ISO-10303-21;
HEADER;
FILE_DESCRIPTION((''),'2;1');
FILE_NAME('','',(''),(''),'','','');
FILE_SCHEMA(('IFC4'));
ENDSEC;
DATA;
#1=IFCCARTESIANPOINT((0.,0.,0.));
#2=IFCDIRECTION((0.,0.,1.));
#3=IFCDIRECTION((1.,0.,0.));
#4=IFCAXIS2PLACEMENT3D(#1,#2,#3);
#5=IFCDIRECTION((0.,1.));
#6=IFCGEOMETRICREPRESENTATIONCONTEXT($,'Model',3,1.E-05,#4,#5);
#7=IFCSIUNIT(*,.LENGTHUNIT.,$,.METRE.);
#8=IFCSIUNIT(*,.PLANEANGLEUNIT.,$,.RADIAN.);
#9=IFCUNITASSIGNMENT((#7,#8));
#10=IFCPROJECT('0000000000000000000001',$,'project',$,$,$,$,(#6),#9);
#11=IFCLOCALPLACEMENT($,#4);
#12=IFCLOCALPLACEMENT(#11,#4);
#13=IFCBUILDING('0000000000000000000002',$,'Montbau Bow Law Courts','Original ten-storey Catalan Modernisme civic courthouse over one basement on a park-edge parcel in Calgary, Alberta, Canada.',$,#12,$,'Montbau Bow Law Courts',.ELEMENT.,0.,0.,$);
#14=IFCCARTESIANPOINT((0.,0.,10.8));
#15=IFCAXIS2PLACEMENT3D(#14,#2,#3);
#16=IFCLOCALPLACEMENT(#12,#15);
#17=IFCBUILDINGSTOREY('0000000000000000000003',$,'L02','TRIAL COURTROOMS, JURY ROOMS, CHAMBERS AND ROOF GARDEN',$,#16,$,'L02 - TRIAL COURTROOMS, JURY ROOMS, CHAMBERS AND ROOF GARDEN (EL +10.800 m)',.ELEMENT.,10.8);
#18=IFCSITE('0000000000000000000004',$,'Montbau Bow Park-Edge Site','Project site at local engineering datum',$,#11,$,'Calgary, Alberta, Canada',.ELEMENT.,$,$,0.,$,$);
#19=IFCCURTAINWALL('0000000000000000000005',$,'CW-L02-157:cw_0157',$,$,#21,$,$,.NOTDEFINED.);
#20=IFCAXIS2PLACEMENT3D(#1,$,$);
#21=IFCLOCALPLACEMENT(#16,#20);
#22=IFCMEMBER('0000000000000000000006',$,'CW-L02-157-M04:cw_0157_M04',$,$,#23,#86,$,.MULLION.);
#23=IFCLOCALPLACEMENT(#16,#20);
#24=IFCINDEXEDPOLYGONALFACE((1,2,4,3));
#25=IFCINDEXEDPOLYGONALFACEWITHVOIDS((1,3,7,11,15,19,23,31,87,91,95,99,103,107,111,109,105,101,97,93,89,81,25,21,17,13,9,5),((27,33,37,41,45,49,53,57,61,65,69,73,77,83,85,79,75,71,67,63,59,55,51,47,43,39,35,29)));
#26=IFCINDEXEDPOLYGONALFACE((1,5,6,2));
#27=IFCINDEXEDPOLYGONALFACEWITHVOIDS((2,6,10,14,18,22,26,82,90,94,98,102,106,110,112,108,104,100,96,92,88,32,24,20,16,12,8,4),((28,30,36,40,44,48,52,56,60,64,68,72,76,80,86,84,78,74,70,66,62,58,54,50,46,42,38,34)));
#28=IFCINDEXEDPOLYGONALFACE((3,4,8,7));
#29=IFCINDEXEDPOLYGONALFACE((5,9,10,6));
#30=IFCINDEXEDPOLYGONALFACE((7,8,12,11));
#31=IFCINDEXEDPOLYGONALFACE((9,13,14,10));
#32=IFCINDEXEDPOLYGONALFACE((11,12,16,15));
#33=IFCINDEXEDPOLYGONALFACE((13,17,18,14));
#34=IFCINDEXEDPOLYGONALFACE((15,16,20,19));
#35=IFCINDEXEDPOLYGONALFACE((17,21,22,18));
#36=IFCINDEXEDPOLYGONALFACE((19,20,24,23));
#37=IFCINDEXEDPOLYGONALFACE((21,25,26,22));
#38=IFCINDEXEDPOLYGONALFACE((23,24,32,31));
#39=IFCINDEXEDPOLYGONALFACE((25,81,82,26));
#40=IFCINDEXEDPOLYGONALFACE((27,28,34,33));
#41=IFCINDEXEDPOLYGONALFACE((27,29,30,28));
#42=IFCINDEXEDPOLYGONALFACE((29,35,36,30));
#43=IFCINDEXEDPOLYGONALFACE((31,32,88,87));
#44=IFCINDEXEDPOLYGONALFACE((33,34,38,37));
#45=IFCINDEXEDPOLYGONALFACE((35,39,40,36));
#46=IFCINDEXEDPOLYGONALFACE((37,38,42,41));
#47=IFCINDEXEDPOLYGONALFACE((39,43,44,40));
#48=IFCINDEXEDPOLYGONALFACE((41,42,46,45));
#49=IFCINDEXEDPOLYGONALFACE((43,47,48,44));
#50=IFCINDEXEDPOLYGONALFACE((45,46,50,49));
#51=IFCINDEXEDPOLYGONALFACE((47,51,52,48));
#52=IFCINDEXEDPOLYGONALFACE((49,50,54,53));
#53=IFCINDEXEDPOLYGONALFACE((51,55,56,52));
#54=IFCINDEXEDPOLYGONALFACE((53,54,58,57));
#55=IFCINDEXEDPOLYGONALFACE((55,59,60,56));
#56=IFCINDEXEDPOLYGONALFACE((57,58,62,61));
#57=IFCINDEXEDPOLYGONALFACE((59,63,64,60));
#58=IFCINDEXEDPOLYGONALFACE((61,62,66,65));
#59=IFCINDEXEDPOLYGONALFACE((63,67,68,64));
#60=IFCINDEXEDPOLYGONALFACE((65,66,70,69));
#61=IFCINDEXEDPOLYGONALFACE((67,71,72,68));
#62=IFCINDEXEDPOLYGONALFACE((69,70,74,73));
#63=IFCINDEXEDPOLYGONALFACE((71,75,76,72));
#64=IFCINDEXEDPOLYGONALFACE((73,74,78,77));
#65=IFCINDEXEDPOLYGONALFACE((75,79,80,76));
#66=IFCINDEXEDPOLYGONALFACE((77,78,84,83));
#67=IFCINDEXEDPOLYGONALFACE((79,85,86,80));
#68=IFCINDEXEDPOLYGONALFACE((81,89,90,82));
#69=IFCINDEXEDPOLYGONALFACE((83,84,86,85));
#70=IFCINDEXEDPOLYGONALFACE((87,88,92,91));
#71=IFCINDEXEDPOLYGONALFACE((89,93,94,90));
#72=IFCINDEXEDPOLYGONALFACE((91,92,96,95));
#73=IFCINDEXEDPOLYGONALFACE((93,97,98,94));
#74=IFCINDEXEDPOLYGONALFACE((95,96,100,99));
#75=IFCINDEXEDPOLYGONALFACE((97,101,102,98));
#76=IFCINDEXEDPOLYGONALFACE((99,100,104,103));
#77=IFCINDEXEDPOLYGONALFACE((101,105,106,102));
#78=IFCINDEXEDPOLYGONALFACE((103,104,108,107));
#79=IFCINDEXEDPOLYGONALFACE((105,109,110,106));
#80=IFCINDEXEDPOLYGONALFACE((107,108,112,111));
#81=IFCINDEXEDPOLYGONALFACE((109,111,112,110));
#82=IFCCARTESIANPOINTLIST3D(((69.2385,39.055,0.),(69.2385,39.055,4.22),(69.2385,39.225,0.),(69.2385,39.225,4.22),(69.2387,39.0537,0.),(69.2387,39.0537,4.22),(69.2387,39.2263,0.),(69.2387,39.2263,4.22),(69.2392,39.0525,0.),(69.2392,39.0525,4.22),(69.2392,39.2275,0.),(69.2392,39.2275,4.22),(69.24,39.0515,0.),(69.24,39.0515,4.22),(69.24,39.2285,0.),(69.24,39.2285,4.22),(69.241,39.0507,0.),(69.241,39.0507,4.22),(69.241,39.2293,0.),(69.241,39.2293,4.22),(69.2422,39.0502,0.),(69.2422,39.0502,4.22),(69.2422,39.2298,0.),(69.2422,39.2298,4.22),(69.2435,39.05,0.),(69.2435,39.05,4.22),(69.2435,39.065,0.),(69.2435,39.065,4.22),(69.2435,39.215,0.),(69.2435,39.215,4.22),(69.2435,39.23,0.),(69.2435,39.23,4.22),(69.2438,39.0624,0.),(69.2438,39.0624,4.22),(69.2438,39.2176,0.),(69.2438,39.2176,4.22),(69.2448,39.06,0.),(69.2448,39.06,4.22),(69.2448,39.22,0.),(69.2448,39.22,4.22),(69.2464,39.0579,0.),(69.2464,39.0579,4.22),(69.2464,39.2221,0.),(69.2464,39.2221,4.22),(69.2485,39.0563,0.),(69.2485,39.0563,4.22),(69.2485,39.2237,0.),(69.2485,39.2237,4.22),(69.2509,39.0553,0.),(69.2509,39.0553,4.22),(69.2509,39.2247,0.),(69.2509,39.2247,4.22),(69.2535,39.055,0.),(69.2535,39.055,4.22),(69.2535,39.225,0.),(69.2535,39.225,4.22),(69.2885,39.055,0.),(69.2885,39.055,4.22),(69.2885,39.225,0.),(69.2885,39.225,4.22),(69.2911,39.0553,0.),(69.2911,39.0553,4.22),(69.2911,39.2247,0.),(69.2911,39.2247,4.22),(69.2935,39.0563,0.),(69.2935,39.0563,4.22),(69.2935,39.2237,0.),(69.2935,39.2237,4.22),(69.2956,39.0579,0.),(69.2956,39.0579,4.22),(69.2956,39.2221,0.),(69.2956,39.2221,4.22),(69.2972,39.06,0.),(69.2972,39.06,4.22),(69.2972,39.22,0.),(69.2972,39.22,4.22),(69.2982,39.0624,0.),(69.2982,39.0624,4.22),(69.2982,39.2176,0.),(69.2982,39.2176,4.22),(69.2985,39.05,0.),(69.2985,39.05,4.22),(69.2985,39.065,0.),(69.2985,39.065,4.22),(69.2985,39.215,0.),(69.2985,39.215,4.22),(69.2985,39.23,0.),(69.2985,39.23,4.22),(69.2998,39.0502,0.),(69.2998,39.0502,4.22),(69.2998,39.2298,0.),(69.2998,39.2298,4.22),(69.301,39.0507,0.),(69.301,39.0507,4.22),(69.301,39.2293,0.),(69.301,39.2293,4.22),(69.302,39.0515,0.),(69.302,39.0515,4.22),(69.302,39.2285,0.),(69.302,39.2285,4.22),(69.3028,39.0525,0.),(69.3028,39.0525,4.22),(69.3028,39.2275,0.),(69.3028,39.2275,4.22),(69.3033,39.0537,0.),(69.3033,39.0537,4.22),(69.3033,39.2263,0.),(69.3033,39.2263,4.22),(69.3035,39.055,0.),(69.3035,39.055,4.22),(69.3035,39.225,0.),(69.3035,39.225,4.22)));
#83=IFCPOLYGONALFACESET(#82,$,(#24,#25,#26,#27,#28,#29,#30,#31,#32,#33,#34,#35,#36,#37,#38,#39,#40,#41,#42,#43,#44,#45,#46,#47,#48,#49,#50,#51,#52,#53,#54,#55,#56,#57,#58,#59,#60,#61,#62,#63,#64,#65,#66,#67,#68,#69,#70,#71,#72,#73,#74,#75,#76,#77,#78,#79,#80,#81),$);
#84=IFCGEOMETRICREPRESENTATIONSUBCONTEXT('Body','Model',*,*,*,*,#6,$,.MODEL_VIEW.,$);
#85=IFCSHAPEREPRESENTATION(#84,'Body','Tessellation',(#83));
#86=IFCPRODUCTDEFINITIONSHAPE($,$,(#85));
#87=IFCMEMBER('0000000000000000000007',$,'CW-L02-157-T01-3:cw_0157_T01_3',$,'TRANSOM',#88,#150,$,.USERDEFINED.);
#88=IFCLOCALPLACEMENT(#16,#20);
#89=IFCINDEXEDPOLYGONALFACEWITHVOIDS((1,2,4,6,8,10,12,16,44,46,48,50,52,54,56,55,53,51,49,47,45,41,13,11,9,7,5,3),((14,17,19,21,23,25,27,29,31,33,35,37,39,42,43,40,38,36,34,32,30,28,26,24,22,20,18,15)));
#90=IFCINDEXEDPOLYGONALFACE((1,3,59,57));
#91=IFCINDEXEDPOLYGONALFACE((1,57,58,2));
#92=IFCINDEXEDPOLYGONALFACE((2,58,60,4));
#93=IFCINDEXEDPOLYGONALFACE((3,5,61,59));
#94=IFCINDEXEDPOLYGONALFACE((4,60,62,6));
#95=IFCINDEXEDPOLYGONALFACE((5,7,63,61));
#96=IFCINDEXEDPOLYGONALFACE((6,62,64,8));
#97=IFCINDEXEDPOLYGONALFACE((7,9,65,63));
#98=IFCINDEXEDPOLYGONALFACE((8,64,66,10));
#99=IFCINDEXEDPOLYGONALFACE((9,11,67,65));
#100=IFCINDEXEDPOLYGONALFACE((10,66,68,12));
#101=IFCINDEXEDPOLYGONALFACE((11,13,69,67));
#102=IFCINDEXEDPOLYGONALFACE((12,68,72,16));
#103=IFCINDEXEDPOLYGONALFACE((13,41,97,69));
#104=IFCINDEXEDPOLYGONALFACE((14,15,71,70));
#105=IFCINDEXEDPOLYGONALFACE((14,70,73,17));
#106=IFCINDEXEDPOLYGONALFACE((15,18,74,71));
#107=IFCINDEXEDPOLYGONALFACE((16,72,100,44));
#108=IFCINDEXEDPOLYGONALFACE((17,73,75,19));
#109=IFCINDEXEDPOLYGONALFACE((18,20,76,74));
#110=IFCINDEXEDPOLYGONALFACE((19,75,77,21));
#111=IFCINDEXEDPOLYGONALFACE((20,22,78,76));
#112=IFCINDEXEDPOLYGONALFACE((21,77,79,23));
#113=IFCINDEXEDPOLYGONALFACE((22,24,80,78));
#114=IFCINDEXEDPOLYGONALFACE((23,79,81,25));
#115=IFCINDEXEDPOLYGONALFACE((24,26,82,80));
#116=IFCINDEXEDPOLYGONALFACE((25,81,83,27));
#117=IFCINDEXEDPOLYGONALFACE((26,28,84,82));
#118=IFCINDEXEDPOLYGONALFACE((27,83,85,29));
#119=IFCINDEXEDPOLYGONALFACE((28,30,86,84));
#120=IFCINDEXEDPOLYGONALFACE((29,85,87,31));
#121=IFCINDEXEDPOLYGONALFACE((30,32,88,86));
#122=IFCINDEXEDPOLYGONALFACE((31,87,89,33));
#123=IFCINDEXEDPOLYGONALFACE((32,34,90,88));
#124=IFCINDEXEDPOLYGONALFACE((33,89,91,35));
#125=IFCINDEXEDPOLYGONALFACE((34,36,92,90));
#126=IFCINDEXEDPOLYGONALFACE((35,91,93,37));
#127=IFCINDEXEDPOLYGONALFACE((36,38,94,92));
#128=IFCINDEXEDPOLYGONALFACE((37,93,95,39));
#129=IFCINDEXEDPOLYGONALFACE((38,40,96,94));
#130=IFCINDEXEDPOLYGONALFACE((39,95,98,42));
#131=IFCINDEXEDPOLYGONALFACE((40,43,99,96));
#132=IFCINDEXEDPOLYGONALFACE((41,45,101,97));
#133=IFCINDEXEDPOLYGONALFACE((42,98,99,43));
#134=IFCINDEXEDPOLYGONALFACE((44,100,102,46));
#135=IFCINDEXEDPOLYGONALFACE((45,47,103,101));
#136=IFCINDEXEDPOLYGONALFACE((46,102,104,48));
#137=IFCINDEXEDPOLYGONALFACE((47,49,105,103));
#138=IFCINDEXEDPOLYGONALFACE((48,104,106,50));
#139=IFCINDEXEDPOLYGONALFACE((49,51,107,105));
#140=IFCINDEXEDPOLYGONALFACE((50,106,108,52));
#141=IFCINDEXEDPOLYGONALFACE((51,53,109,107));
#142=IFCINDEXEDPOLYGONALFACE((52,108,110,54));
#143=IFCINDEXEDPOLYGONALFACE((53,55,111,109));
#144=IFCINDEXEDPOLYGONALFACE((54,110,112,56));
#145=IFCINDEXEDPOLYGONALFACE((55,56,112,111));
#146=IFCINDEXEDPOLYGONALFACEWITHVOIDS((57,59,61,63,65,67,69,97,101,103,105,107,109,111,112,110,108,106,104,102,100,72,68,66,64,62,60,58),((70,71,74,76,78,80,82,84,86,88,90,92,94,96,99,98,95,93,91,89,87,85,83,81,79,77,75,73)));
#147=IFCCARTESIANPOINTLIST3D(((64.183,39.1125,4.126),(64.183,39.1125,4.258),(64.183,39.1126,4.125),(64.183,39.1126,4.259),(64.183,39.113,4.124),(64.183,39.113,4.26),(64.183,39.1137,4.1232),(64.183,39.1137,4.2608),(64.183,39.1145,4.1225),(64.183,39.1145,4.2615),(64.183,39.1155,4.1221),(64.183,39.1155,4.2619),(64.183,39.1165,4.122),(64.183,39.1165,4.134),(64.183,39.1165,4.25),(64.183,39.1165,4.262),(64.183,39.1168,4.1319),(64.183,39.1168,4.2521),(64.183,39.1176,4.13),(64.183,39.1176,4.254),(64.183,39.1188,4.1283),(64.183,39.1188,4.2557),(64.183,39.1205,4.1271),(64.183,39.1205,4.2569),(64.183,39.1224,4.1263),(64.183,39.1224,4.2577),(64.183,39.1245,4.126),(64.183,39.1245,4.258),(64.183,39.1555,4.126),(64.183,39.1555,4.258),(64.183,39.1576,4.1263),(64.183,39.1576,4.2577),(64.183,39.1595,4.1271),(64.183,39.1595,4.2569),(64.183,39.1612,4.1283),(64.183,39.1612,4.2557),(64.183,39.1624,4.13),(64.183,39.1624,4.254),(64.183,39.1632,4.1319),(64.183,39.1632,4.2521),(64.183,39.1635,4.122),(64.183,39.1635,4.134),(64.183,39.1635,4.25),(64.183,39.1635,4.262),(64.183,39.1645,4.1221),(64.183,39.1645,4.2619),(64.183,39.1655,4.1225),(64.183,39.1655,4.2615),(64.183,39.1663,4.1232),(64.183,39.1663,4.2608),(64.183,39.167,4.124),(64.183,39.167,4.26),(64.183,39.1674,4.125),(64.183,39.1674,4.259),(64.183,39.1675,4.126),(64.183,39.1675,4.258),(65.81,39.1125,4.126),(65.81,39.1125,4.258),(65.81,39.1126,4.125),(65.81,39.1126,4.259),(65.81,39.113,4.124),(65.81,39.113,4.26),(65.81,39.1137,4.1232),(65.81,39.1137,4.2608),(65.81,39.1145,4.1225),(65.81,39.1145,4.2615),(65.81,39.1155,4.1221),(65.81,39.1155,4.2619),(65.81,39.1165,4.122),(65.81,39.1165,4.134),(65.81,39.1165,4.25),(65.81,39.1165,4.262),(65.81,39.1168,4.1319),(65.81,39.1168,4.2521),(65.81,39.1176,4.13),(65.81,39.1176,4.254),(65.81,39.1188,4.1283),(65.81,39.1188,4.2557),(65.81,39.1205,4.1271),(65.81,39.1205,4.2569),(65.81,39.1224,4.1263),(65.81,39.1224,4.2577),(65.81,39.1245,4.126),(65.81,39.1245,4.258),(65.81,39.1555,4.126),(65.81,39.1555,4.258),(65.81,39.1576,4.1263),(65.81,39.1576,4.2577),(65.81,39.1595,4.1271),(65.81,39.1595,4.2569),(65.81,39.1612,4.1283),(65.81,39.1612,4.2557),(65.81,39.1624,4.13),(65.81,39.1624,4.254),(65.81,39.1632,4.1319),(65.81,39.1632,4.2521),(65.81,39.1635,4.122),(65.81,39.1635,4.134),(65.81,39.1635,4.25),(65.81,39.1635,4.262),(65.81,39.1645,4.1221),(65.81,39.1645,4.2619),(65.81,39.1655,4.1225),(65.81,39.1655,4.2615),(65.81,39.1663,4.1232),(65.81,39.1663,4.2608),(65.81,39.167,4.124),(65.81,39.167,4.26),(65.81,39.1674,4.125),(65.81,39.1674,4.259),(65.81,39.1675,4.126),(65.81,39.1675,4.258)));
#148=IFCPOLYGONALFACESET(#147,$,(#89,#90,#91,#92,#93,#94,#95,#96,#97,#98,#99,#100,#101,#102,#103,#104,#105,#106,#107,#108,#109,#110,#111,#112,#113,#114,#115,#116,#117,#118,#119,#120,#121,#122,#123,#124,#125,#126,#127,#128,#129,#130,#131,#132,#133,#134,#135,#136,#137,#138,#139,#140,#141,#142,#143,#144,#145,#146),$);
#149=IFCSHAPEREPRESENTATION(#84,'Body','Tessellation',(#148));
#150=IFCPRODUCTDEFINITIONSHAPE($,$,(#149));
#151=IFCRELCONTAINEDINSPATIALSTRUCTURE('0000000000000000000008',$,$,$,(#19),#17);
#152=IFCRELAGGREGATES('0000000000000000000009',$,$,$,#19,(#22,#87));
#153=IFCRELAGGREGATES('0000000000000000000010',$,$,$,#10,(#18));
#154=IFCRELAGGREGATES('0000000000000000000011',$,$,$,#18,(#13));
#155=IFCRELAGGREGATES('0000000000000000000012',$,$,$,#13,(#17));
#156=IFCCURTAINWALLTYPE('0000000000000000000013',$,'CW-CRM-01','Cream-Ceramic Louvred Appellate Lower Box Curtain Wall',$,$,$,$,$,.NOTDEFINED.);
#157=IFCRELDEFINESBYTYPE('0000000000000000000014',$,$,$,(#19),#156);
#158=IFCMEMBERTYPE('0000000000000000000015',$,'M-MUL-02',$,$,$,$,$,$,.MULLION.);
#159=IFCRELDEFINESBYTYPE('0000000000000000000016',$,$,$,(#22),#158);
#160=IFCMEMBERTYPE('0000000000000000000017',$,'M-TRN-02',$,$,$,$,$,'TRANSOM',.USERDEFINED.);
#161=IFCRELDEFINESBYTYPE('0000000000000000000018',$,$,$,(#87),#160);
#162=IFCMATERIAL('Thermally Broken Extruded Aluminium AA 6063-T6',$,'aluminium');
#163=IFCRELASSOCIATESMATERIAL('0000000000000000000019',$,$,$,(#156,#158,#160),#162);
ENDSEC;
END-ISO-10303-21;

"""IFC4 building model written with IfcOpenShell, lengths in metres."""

from ifc_helpers import new_model, si_unit, direction, frame, origin_with_axes, origin_2d_with_axis, place, context, subcontext, project, spatial, hollow_rectangle, extrude, material, material_profile, profile_set, type_object, element, aggregate, save


model = new_model("IFC4")

# Units and contexts
model_context = context("Model", 3, precision=1e-05, world=origin_with_axes(), true_north=direction((0.0, 1.0)))
body_context = subcontext(model_context, "Body", "Model", "MODEL_VIEW")
ifc_project = project(units=[si_unit("LENGTHUNIT", "METRE"), si_unit("PLANEANGLEUNIT", "RADIAN")], contexts=[model_context])

# Site, building, storey
site_placement = place(None, origin_with_axes())
site = spatial("IfcSite", under=ifc_project, at=site_placement, Name="Montbau Bow Park-Edge Site", Description="Project site at local engineering datum", LongName="Calgary, Alberta, Canada", CompositionType="ELEMENT", RefElevation=0.0)
building_placement = place(site_placement, origin_with_axes())
building = spatial("IfcBuilding", under=site, at=building_placement, Name="Montbau Bow Law Courts", Description="Original ten-storey Catalan Modernisme civic courthouse over one basement on a park-edge parcel in Calgary, Alberta, Canada.", LongName="Montbau Bow Law Courts", CompositionType="ELEMENT", ElevationOfRefHeight=0.0, ElevationOfTerrain=0.0)
storey_placement = place(building_placement, frame((0.0, 0.0, 10.8), z_axis=(0.0, 0.0, 1.0), x_axis=(1.0, 0.0, 0.0)))
storey = spatial("IfcBuildingStorey", under=building, at=storey_placement, Name="L02", Description="TRIAL COURTROOMS, JURY ROOMS, CHAMBERS AND ROOF GARDEN", LongName="L02 - TRIAL COURTROOMS, JURY ROOMS, CHAMBERS AND ROOF GARDEN (EL +10.800 m)", CompositionType="ELEMENT", Elevation=10.8)

# Curtain wall, members
ifc_material_1 = material(Name="Thermally Broken Extruded Aluminium AA 6063-T6", Category="aluminium")
curtain_wall_type = type_object("IfcCurtainWallType", Name="CW-CRM-01", Description="Cream-Ceramic Louvred Appellate Lower Box Curtain Wall", PredefinedType="NOTDEFINED", material=ifc_material_1)
curtain_wall_placement = place(None, frame((64.115, 39.14, 10.8), z_axis=(0.0, 0.0, 1.0), x_axis=(1.0, 0.0, 0.0)))
curtain_wall = element("IfcCurtainWall", 1, at=curtain_wall_placement, inside=storey, type_object=curtain_wall_type, Name="CW-L02-157:cw_0157", PredefinedType="NOTDEFINED")
ifc_material_profile_1 = material_profile(ifc_material_1, hollow_rectangle(XDim=0.065, YDim=0.18, WallThickness=0.005, InnerFilletRadius=0.01, OuterFilletRadius=0.005, at=origin_2d_with_axis()), Name="CWM-180X65", Category="Main", Priority=0)
ifc_profile_set_1 = profile_set([ifc_material_profile_1], Name="Thermally Broken Extruded Aluminium AA 6063-T6")
member_type_1 = type_object("IfcMemberType", Name="M-MUL-02", PredefinedType="MULLION", material=ifc_profile_set_1)
member_1_placement = place(None, frame((69.271, 39.14, 10.8), z_axis=(0.0, 0.0, 1.0), x_axis=(1.0, 0.0, 0.0)))
member_1 = element("IfcMember", 2, at=member_1_placement, type_object=member_type_1, Name="CW-L02-157-M04:cw_0157_M04", PredefinedType="MULLION", context=body_context, shape_type="SweptSolid", body=[
    extrude(hollow_rectangle(XDim=0.065, YDim=0.18, WallThickness=0.005, InnerFilletRadius=0.01, OuterFilletRadius=0.005, at=origin_2d_with_axis()), origin_with_axes(), (0.0, 0.0, 1.0), 4.22),
])
ifc_material_profile_2 = material_profile(ifc_material_1, hollow_rectangle(XDim=0.055, YDim=0.14, WallThickness=0.004, InnerFilletRadius=0.008, OuterFilletRadius=0.004, at=origin_2d_with_axis()), Name="CWT-140X55", Category="Main", Priority=0)
ifc_profile_set_2 = profile_set([ifc_material_profile_2], Name="Thermally Broken Extruded Aluminium AA 6063-T6")
member_type_2 = type_object("IfcMemberType", Name="M-TRN-02", ElementType="TRANSOM", PredefinedType="USERDEFINED", material=ifc_profile_set_2)
member_2_placement = place(None, frame((64.183, 39.14, 14.992), z_axis=(1.0, 0.0, 0.0), x_axis=(0.0, 1.0, 0.0)))
member_2 = element("IfcMember", 3, at=member_2_placement, type_object=member_type_2, Name="CW-L02-157-T01-3:cw_0157_T01_3", ObjectType="TRANSOM", PredefinedType="USERDEFINED", context=body_context, shape_type="SweptSolid", body=[
    extrude(hollow_rectangle(XDim=0.055, YDim=0.14, WallThickness=0.004, InnerFilletRadius=0.008, OuterFilletRadius=0.004, at=origin_2d_with_axis()), origin_with_axes(), (0.0, 0.0, 1.0), 1.627),
])
aggregate(curtain_wall, [member_1, member_2])

save(model, "model.ifc")
